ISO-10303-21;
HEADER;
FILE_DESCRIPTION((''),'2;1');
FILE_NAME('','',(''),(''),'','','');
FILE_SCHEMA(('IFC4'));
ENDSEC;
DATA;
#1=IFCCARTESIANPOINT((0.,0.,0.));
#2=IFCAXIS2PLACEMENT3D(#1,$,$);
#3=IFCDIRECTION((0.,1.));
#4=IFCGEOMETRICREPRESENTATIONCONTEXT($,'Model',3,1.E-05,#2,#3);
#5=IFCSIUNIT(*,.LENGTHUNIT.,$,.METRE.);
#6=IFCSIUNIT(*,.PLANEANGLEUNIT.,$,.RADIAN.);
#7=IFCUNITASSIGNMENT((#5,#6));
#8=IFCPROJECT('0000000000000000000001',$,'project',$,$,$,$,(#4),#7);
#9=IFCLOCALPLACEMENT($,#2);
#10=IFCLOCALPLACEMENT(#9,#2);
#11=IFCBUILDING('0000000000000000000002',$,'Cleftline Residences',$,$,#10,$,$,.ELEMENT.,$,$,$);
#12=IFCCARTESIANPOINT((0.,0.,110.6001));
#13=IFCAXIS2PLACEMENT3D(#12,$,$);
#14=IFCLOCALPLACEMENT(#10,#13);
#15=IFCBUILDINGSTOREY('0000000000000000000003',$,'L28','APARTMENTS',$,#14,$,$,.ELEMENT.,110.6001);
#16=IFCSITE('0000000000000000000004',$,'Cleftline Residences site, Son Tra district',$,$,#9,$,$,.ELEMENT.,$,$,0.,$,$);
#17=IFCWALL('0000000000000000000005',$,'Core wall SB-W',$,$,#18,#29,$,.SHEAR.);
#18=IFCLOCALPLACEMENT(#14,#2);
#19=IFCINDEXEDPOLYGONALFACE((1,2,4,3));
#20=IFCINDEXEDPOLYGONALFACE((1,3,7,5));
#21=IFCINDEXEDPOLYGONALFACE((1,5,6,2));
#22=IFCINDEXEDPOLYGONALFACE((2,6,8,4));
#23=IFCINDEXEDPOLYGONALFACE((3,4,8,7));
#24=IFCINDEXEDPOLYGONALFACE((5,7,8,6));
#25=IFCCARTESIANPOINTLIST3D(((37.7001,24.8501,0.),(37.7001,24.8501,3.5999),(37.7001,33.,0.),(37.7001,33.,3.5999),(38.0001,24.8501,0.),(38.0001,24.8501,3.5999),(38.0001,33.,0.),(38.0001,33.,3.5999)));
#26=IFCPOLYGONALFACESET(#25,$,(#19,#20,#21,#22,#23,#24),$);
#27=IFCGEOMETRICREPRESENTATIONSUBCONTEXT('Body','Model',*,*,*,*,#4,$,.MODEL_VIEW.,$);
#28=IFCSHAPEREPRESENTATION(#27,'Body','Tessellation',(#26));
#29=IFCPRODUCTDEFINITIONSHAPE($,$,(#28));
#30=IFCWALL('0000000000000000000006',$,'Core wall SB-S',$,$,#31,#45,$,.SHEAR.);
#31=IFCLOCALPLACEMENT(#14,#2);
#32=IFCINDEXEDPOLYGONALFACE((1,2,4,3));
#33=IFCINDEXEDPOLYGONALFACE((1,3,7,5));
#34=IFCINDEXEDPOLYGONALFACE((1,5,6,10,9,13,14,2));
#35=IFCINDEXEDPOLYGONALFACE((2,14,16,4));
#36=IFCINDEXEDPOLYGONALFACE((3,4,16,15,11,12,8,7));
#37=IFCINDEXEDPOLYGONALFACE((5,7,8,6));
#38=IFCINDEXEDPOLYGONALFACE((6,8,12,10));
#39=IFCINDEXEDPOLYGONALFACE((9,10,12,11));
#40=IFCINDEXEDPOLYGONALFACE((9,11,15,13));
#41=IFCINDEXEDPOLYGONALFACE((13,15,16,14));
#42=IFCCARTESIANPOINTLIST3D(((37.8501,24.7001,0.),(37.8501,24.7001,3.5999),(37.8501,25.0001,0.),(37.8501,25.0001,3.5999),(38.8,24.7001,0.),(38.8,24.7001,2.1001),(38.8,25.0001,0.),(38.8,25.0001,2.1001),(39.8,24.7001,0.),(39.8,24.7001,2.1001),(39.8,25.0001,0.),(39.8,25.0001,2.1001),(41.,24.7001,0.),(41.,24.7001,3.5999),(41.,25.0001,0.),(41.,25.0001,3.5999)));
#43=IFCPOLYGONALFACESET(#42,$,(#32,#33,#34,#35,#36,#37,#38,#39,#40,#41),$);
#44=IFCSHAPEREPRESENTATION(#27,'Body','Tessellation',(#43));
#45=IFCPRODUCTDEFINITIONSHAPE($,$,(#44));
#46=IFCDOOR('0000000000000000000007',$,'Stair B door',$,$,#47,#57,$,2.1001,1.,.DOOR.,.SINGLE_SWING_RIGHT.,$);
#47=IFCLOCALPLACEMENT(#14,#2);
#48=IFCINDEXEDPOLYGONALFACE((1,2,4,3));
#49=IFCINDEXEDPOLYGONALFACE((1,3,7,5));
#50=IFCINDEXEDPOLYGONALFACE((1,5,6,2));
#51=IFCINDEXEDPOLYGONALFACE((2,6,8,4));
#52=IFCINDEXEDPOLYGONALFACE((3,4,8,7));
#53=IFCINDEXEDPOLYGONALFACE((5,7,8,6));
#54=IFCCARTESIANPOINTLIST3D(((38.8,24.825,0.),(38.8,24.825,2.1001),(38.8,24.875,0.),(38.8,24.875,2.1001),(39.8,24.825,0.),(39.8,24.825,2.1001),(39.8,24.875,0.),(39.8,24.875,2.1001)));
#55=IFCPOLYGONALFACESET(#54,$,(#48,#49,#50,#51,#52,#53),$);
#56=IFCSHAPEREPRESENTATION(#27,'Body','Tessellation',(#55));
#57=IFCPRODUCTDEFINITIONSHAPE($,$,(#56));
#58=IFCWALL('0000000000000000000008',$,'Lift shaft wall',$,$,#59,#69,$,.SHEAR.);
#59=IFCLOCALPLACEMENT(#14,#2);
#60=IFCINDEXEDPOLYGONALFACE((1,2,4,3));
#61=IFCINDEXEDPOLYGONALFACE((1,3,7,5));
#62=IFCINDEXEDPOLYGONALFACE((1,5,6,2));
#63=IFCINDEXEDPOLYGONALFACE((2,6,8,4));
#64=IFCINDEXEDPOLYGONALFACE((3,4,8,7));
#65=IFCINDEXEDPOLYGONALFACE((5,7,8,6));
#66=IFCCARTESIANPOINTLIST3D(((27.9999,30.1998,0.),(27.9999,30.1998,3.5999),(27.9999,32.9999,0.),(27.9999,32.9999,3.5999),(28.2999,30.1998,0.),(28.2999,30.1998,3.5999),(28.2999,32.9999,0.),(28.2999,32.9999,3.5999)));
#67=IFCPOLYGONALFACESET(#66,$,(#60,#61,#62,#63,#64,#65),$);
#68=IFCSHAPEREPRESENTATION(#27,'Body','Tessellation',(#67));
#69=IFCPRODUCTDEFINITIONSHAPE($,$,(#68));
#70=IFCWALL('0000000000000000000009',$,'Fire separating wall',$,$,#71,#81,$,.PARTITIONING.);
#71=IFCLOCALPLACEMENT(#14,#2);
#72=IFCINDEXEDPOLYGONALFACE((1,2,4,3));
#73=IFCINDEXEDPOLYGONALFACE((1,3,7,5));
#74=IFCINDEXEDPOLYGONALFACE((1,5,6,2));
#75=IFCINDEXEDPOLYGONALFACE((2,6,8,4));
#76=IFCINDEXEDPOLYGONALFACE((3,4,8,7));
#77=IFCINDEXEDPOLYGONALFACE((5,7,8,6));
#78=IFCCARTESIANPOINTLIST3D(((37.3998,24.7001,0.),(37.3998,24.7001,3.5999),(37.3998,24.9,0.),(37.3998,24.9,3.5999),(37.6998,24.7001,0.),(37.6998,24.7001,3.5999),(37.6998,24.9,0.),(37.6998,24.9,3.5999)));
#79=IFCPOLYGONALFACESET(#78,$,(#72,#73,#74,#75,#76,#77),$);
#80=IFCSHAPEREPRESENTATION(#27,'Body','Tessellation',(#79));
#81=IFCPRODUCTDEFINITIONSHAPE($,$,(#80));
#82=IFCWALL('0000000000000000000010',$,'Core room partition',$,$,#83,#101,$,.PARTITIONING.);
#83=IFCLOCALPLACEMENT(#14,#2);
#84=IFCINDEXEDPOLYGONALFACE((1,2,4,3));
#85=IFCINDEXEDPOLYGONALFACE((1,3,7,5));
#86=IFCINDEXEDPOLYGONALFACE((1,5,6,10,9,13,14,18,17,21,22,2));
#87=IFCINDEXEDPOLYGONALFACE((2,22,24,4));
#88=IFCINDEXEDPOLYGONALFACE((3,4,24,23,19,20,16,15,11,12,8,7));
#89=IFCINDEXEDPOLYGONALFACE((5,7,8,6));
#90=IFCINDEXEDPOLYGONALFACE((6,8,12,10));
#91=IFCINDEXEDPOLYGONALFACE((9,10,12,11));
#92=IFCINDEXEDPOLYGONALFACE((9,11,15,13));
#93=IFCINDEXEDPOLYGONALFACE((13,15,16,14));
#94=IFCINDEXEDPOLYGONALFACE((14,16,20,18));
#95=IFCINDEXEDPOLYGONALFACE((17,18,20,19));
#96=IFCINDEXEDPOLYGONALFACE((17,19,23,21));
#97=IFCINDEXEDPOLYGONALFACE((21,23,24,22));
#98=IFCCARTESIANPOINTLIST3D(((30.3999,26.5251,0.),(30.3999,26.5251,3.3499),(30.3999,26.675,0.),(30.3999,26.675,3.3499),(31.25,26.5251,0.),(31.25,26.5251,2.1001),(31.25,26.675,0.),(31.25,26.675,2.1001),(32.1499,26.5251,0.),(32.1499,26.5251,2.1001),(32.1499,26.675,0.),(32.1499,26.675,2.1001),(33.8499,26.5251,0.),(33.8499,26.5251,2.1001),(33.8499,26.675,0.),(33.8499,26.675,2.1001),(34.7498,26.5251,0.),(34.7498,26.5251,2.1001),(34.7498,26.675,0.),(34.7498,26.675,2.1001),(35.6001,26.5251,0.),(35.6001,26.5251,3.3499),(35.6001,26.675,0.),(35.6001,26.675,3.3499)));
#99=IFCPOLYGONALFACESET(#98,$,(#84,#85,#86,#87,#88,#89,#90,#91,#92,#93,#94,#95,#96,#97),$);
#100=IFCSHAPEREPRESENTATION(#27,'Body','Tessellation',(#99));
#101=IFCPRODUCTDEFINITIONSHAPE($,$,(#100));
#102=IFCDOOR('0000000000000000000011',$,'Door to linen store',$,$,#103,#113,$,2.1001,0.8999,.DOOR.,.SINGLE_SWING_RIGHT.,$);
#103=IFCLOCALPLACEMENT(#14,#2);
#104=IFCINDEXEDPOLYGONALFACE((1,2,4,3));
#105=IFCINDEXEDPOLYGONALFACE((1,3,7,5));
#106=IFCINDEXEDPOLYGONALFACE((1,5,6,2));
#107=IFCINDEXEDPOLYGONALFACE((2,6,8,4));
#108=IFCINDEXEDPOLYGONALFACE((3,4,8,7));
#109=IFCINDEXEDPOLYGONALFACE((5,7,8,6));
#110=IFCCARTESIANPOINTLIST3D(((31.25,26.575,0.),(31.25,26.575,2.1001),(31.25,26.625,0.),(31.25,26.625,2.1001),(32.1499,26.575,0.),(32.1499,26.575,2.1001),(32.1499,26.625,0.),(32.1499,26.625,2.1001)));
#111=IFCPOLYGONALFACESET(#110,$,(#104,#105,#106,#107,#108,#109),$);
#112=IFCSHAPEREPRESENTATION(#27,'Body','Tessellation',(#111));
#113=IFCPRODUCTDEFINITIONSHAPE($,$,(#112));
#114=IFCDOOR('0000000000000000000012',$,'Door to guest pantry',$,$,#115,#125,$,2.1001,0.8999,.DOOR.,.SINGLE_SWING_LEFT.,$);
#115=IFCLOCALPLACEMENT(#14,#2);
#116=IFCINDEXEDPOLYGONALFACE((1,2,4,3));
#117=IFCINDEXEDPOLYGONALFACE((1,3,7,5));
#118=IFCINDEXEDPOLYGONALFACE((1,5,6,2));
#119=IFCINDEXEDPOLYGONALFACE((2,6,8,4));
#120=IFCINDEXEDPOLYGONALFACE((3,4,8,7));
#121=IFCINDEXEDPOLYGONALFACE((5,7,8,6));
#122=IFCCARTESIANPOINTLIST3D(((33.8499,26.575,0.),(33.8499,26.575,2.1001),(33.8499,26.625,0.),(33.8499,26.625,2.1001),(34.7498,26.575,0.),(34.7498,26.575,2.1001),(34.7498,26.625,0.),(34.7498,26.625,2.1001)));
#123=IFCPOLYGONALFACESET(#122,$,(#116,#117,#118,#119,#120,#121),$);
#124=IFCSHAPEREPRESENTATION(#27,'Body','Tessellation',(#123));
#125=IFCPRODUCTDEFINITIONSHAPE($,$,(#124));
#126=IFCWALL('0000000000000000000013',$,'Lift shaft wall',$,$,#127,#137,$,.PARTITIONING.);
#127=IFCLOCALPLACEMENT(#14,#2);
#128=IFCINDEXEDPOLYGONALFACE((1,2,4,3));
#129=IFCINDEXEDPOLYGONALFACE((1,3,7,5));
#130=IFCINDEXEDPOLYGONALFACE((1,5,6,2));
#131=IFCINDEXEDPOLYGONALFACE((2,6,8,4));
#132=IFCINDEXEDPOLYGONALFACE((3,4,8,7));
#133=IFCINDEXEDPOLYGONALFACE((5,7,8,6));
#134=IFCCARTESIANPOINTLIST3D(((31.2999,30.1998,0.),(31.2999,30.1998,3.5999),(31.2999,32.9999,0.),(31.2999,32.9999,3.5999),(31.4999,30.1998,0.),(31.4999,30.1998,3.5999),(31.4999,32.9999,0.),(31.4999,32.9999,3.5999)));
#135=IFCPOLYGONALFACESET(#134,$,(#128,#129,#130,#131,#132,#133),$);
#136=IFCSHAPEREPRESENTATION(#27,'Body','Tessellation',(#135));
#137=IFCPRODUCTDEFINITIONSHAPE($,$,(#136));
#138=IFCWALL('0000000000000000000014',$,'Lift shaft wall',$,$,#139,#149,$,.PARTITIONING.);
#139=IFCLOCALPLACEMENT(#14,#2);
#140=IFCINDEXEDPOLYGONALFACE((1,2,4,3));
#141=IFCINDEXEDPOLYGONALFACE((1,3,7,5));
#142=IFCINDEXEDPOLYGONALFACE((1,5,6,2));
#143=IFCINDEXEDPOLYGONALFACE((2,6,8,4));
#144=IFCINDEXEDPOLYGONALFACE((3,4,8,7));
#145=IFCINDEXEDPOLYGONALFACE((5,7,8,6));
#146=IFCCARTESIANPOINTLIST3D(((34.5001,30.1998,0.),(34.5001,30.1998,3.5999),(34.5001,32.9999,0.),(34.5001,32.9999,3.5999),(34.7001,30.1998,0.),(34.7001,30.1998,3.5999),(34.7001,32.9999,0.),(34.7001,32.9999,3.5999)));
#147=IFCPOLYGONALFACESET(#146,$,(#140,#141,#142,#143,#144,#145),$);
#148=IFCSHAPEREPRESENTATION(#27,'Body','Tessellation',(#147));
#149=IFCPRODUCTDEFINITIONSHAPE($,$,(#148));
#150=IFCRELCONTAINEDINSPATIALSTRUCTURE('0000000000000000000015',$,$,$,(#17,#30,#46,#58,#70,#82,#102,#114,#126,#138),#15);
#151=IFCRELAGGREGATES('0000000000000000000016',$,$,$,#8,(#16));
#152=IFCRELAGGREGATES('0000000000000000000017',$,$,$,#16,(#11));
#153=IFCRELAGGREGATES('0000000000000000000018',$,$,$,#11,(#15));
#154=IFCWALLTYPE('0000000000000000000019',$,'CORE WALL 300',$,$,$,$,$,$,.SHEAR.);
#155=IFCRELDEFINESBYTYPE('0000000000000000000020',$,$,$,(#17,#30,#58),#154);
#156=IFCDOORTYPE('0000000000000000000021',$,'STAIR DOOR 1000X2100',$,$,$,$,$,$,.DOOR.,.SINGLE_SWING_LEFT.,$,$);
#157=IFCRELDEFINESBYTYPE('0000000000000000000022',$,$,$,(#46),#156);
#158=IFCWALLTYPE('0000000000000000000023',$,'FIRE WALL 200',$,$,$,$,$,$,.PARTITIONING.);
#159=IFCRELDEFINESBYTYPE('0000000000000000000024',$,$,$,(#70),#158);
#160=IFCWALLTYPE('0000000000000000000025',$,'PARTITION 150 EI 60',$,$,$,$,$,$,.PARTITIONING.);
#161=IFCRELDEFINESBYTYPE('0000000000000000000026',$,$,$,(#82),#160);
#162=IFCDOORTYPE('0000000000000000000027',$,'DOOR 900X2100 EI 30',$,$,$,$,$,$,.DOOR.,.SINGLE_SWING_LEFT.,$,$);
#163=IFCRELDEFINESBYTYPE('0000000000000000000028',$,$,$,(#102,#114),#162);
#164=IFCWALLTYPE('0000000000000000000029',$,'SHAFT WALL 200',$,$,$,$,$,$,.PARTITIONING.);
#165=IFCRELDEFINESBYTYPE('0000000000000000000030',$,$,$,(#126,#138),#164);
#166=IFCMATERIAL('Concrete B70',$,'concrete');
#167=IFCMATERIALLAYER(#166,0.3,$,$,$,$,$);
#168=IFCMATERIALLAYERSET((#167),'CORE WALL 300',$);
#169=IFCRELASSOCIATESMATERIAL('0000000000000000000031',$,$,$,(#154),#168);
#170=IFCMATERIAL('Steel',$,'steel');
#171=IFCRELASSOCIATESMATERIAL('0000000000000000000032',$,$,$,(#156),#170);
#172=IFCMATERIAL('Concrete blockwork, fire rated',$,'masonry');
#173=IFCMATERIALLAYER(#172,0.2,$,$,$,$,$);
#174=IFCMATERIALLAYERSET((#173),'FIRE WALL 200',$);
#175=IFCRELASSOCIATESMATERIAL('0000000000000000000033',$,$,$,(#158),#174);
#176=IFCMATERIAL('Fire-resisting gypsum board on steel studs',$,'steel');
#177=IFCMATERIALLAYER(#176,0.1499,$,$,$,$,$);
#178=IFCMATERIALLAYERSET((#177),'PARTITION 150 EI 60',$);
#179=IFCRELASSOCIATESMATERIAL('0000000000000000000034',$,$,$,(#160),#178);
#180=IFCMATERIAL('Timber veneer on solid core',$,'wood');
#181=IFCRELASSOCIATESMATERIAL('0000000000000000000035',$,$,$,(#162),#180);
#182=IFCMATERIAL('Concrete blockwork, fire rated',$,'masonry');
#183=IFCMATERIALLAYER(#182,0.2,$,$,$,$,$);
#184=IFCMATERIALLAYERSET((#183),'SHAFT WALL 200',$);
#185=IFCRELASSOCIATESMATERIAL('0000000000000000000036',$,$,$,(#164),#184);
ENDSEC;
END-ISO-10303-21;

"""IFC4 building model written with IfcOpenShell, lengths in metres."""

from ifc_helpers import new_model, si_unit, direction, frame, frame_2d, origin, place, context, subcontext, project, spatial, rectangle, extrude, material, layer, layer_set, type_object, element, fill, save


model = new_model("IFC4")

# Units and contexts
model_context = context("Model", 3, precision=1e-05, world=origin(), true_north=direction((0.0, 1.0)))
body_context = subcontext(model_context, "Body", "Model", "MODEL_VIEW")
ifc_project = project(units=[si_unit("LENGTHUNIT", "METRE"), si_unit("PLANEANGLEUNIT", "RADIAN")], contexts=[model_context])

# Site, building, storey
site_placement = place(None, origin())
site = spatial("IfcSite", under=ifc_project, at=site_placement, Name="Cleftline Residences site, Son Tra district", CompositionType="ELEMENT", RefElevation=0.0)
building_placement = place(site_placement, origin())
building = spatial("IfcBuilding", under=site, at=building_placement, Name="Cleftline Residences", CompositionType="ELEMENT")
storey_placement = place(building_placement, frame((0.0, 0.0, 110.6001)))
storey = spatial("IfcBuildingStorey", under=building, at=storey_placement, Name="L28", Description="APARTMENTS", CompositionType="ELEMENT", Elevation=110.6001)

# Wall
ifc_material_1 = material(Name="Concrete B70", Category="concrete")
ifc_layer_1 = layer(ifc_material_1, 0.3)
ifc_layer_set_1 = layer_set([ifc_layer_1], Name="CORE WALL 300")
wall_type_1 = type_object("IfcWallType", Name="CORE WALL 300", PredefinedType="SHEAR", material=ifc_layer_set_1)
wall_1_placement = place(storey_placement, frame((37.8501, 24.8501, 0.0), z_axis=(0.0, 0.0, 1.0), x_axis=(0.0, 1.0, 0.0)))
element("IfcWall", 1, at=wall_1_placement, inside=storey, type_object=wall_type_1, Name="Core wall SB-W", PredefinedType="SHEAR", context=body_context, shape_type="SweptSolid", body=[
    extrude(rectangle(XDim=8.1499, YDim=0.3, at=frame_2d((4.075, 0.0))), origin(), (0.0, 0.0, 1.0), 3.5999),
])

# Wall, opening, door
wall_2_placement = place(storey_placement, frame((37.8501, 24.8501, 0.0), z_axis=(0.0, 0.0, 1.0), x_axis=(1.0, 0.0, 0.0)))
wall_2 = element("IfcWall", 2, at=wall_2_placement, inside=storey, type_object=wall_type_1, Name="Core wall SB-S", PredefinedType="SHEAR", context=body_context, shape_type="SweptSolid", body=[
    extrude(rectangle(XDim=3.1499, YDim=0.3, at=frame_2d((1.575, 0.0))), origin(), (0.0, 0.0, 1.0), 3.5999),
])
opening_1_placement = place(wall_2_placement, frame((0.95, 0.0, 0.0)))
opening_1 = element("IfcOpeningElement", 3, at=opening_1_placement, cuts=wall_2, PredefinedType="OPENING", context=body_context, shape_type="SweptSolid", body=[
    extrude(rectangle(XDim=1.0, YDim=2.1001, at=frame_2d((0.5, 1.05))), frame((0.0, 0.1599, 0.0), z_axis=(0.0, -1.0, 0.0), x_axis=(1.0, 0.0, 0.0)), (0.0, 0.0, 1.0), 0.3201),
])
ifc_material_2 = material(Name="Steel", Category="steel")
door_type_1 = type_object("IfcDoorType", Name="STAIR DOOR 1000X2100", OperationType="SINGLE_SWING_LEFT", PredefinedType="DOOR", material=ifc_material_2)
door_1_placement = place(opening_1_placement, origin())
door_1 = element("IfcDoor", 4, at=door_1_placement, inside=storey, type_object=door_type_1, Name="Stair B door", OperationType="SINGLE_SWING_RIGHT", OverallHeight=2.1001, OverallWidth=1.0, PredefinedType="DOOR", context=body_context, shape_type="SweptSolid", body=[
    extrude(rectangle(XDim=1.0, YDim=2.1001, at=frame_2d((0.5, 1.05))), frame((0.0, 0.0249, 0.0), z_axis=(0.0, -1.0, 0.0), x_axis=(1.0, 0.0, 0.0)), (0.0, 0.0, 1.0), 0.05),
])
fill(opening_1, door_1)

# Walls
wall_3_placement = place(storey_placement, frame((28.1499, 30.2, 0.0), z_axis=(0.0, 0.0, 1.0), x_axis=(0.0, 1.0, 0.0)))
element("IfcWall", 5, at=wall_3_placement, inside=storey, type_object=wall_type_1, Name="Lift shaft wall", PredefinedType="SHEAR", context=body_context, shape_type="SweptSolid", body=[
    extrude(rectangle(XDim=2.8, YDim=0.3, at=frame_2d((1.3999, 0.0))), origin(), (0.0, 0.0, 1.0), 3.5999),
])
ifc_material_3 = material(Name="Concrete blockwork, fire rated", Category="masonry")
ifc_layer_2 = layer(ifc_material_3, 0.2)
ifc_layer_set_2 = layer_set([ifc_layer_2], Name="FIRE WALL 200")
wall_type_2 = type_object("IfcWallType", Name="FIRE WALL 200", PredefinedType="PARTITIONING", material=ifc_layer_set_2)
wall_4_placement = place(storey_placement, frame((37.3999, 24.8, 0.0), z_axis=(0.0, 0.0, 1.0), x_axis=(1.0, 0.0, 0.0)))
element("IfcWall", 6, at=wall_4_placement, inside=storey, type_object=wall_type_2, Name="Fire separating wall", PredefinedType="PARTITIONING", context=body_context, shape_type="SweptSolid", body=[
    extrude(rectangle(XDim=0.3, YDim=0.2, at=frame_2d((0.1499, 0.0))), origin(), (0.0, 0.0, 1.0), 3.5999),
])

# Wall, openings, doors
ifc_material_4 = material(Name="Fire-resisting gypsum board on steel studs", Category="steel")
ifc_layer_3 = layer(ifc_material_4, 0.1499)
ifc_layer_set_3 = layer_set([ifc_layer_3], Name="PARTITION 150 EI 60")
wall_type_3 = type_object("IfcWallType", Name="PARTITION 150 EI 60", PredefinedType="PARTITIONING", material=ifc_layer_set_3)
wall_5_placement = place(storey_placement, frame((30.3999, 26.6001, 0.0), z_axis=(0.0, 0.0, 1.0), x_axis=(1.0, 0.0, 0.0)))
wall_5 = element("IfcWall", 7, at=wall_5_placement, inside=storey, type_object=wall_type_3, Name="Core room partition", PredefinedType="PARTITIONING", context=body_context, shape_type="SweptSolid", body=[
    extrude(rectangle(XDim=5.2002, YDim=0.1499, at=frame_2d((2.6001, 0.0))), origin(), (0.0, 0.0, 1.0), 3.3499),
])
opening_2_placement = place(wall_5_placement, frame((0.8501, 0.0, 0.0)))
opening_2 = element("IfcOpeningElement", 8, at=opening_2_placement, cuts=wall_5, PredefinedType="OPENING", context=body_context, shape_type="SweptSolid", body=[
    extrude(rectangle(XDim=0.8999, YDim=2.1001, at=frame_2d((0.45, 1.05))), frame((0.0, 0.085, 0.0), z_axis=(0.0, -1.0, 0.0), x_axis=(1.0, 0.0, 0.0)), (0.0, 0.0, 1.0), 0.1699),
])
opening_3_placement = place(wall_5_placement, frame((3.45, 0.0, 0.0)))
opening_3 = element("IfcOpeningElement", 9, at=opening_3_placement, cuts=wall_5, PredefinedType="OPENING", context=body_context, shape_type="SweptSolid", body=[
    extrude(rectangle(XDim=0.8999, YDim=2.1001, at=frame_2d((0.45, 1.05))), frame((0.0, 0.085, 0.0), z_axis=(0.0, -1.0, 0.0), x_axis=(1.0, 0.0, 0.0)), (0.0, 0.0, 1.0), 0.1699),
])
ifc_material_5 = material(Name="Timber veneer on solid core", Category="wood")
door_type_2 = type_object("IfcDoorType", Name="DOOR 900X2100 EI 30", OperationType="SINGLE_SWING_LEFT", PredefinedType="DOOR", material=ifc_material_5)
door_2_placement = place(opening_2_placement, origin())
door_2 = element("IfcDoor", 10, at=door_2_placement, inside=storey, type_object=door_type_2, Name="Door to linen store", OperationType="SINGLE_SWING_RIGHT", OverallHeight=2.1001, OverallWidth=0.8999, PredefinedType="DOOR", context=body_context, shape_type="SweptSolid", body=[
    extrude(rectangle(XDim=0.8999, YDim=2.1001, at=frame_2d((0.45, 1.05))), frame((0.0, 0.0249, 0.0), z_axis=(0.0, -1.0, 0.0), x_axis=(1.0, 0.0, 0.0)), (0.0, 0.0, 1.0), 0.05),
])
fill(opening_2, door_2)
door_3_placement = place(opening_3_placement, origin())
door_3 = element("IfcDoor", 11, at=door_3_placement, inside=storey, type_object=door_type_2, Name="Door to guest pantry", OperationType="SINGLE_SWING_LEFT", OverallHeight=2.1001, OverallWidth=0.8999, PredefinedType="DOOR", context=body_context, shape_type="SweptSolid", body=[
    extrude(rectangle(XDim=0.8999, YDim=2.1001, at=frame_2d((0.45, 1.05))), frame((0.0, 0.0249, 0.0), z_axis=(0.0, -1.0, 0.0), x_axis=(1.0, 0.0, 0.0)), (0.0, 0.0, 1.0), 0.05),
])
fill(opening_3, door_3)

# Walls
ifc_material_6 = material(Name="Concrete blockwork, fire rated", Category="masonry")
ifc_layer_4 = layer(ifc_material_6, 0.2)
ifc_layer_set_4 = layer_set([ifc_layer_4], Name="SHAFT WALL 200")
wall_type_4 = type_object("IfcWallType", Name="SHAFT WALL 200", PredefinedType="PARTITIONING", material=ifc_layer_set_4)
for number, where, z_axis, x_axis, name in (
    (12, (31.3999, 30.2, 0.0), (0.0, 0.0, 1.0), (0.0, 1.0, 0.0), "Lift shaft wall"),
    (13, (34.6001, 30.2, 0.0), (0.0, 0.0, 1.0), (0.0, 1.0, 0.0), "Lift shaft wall"),
):
    element("IfcWall", number, at=place(storey_placement, frame(where, z_axis=z_axis, x_axis=x_axis)), inside=storey, type_object=wall_type_4, Name=name, PredefinedType="PARTITIONING", context=body_context, shape_type="SweptSolid", body=[
        extrude(rectangle(XDim=2.8, YDim=0.2, at=frame_2d((1.3999, 0.0))), origin(), (0.0, 0.0, 1.0), 3.5999),
    ])

save(model, "model.ifc")
